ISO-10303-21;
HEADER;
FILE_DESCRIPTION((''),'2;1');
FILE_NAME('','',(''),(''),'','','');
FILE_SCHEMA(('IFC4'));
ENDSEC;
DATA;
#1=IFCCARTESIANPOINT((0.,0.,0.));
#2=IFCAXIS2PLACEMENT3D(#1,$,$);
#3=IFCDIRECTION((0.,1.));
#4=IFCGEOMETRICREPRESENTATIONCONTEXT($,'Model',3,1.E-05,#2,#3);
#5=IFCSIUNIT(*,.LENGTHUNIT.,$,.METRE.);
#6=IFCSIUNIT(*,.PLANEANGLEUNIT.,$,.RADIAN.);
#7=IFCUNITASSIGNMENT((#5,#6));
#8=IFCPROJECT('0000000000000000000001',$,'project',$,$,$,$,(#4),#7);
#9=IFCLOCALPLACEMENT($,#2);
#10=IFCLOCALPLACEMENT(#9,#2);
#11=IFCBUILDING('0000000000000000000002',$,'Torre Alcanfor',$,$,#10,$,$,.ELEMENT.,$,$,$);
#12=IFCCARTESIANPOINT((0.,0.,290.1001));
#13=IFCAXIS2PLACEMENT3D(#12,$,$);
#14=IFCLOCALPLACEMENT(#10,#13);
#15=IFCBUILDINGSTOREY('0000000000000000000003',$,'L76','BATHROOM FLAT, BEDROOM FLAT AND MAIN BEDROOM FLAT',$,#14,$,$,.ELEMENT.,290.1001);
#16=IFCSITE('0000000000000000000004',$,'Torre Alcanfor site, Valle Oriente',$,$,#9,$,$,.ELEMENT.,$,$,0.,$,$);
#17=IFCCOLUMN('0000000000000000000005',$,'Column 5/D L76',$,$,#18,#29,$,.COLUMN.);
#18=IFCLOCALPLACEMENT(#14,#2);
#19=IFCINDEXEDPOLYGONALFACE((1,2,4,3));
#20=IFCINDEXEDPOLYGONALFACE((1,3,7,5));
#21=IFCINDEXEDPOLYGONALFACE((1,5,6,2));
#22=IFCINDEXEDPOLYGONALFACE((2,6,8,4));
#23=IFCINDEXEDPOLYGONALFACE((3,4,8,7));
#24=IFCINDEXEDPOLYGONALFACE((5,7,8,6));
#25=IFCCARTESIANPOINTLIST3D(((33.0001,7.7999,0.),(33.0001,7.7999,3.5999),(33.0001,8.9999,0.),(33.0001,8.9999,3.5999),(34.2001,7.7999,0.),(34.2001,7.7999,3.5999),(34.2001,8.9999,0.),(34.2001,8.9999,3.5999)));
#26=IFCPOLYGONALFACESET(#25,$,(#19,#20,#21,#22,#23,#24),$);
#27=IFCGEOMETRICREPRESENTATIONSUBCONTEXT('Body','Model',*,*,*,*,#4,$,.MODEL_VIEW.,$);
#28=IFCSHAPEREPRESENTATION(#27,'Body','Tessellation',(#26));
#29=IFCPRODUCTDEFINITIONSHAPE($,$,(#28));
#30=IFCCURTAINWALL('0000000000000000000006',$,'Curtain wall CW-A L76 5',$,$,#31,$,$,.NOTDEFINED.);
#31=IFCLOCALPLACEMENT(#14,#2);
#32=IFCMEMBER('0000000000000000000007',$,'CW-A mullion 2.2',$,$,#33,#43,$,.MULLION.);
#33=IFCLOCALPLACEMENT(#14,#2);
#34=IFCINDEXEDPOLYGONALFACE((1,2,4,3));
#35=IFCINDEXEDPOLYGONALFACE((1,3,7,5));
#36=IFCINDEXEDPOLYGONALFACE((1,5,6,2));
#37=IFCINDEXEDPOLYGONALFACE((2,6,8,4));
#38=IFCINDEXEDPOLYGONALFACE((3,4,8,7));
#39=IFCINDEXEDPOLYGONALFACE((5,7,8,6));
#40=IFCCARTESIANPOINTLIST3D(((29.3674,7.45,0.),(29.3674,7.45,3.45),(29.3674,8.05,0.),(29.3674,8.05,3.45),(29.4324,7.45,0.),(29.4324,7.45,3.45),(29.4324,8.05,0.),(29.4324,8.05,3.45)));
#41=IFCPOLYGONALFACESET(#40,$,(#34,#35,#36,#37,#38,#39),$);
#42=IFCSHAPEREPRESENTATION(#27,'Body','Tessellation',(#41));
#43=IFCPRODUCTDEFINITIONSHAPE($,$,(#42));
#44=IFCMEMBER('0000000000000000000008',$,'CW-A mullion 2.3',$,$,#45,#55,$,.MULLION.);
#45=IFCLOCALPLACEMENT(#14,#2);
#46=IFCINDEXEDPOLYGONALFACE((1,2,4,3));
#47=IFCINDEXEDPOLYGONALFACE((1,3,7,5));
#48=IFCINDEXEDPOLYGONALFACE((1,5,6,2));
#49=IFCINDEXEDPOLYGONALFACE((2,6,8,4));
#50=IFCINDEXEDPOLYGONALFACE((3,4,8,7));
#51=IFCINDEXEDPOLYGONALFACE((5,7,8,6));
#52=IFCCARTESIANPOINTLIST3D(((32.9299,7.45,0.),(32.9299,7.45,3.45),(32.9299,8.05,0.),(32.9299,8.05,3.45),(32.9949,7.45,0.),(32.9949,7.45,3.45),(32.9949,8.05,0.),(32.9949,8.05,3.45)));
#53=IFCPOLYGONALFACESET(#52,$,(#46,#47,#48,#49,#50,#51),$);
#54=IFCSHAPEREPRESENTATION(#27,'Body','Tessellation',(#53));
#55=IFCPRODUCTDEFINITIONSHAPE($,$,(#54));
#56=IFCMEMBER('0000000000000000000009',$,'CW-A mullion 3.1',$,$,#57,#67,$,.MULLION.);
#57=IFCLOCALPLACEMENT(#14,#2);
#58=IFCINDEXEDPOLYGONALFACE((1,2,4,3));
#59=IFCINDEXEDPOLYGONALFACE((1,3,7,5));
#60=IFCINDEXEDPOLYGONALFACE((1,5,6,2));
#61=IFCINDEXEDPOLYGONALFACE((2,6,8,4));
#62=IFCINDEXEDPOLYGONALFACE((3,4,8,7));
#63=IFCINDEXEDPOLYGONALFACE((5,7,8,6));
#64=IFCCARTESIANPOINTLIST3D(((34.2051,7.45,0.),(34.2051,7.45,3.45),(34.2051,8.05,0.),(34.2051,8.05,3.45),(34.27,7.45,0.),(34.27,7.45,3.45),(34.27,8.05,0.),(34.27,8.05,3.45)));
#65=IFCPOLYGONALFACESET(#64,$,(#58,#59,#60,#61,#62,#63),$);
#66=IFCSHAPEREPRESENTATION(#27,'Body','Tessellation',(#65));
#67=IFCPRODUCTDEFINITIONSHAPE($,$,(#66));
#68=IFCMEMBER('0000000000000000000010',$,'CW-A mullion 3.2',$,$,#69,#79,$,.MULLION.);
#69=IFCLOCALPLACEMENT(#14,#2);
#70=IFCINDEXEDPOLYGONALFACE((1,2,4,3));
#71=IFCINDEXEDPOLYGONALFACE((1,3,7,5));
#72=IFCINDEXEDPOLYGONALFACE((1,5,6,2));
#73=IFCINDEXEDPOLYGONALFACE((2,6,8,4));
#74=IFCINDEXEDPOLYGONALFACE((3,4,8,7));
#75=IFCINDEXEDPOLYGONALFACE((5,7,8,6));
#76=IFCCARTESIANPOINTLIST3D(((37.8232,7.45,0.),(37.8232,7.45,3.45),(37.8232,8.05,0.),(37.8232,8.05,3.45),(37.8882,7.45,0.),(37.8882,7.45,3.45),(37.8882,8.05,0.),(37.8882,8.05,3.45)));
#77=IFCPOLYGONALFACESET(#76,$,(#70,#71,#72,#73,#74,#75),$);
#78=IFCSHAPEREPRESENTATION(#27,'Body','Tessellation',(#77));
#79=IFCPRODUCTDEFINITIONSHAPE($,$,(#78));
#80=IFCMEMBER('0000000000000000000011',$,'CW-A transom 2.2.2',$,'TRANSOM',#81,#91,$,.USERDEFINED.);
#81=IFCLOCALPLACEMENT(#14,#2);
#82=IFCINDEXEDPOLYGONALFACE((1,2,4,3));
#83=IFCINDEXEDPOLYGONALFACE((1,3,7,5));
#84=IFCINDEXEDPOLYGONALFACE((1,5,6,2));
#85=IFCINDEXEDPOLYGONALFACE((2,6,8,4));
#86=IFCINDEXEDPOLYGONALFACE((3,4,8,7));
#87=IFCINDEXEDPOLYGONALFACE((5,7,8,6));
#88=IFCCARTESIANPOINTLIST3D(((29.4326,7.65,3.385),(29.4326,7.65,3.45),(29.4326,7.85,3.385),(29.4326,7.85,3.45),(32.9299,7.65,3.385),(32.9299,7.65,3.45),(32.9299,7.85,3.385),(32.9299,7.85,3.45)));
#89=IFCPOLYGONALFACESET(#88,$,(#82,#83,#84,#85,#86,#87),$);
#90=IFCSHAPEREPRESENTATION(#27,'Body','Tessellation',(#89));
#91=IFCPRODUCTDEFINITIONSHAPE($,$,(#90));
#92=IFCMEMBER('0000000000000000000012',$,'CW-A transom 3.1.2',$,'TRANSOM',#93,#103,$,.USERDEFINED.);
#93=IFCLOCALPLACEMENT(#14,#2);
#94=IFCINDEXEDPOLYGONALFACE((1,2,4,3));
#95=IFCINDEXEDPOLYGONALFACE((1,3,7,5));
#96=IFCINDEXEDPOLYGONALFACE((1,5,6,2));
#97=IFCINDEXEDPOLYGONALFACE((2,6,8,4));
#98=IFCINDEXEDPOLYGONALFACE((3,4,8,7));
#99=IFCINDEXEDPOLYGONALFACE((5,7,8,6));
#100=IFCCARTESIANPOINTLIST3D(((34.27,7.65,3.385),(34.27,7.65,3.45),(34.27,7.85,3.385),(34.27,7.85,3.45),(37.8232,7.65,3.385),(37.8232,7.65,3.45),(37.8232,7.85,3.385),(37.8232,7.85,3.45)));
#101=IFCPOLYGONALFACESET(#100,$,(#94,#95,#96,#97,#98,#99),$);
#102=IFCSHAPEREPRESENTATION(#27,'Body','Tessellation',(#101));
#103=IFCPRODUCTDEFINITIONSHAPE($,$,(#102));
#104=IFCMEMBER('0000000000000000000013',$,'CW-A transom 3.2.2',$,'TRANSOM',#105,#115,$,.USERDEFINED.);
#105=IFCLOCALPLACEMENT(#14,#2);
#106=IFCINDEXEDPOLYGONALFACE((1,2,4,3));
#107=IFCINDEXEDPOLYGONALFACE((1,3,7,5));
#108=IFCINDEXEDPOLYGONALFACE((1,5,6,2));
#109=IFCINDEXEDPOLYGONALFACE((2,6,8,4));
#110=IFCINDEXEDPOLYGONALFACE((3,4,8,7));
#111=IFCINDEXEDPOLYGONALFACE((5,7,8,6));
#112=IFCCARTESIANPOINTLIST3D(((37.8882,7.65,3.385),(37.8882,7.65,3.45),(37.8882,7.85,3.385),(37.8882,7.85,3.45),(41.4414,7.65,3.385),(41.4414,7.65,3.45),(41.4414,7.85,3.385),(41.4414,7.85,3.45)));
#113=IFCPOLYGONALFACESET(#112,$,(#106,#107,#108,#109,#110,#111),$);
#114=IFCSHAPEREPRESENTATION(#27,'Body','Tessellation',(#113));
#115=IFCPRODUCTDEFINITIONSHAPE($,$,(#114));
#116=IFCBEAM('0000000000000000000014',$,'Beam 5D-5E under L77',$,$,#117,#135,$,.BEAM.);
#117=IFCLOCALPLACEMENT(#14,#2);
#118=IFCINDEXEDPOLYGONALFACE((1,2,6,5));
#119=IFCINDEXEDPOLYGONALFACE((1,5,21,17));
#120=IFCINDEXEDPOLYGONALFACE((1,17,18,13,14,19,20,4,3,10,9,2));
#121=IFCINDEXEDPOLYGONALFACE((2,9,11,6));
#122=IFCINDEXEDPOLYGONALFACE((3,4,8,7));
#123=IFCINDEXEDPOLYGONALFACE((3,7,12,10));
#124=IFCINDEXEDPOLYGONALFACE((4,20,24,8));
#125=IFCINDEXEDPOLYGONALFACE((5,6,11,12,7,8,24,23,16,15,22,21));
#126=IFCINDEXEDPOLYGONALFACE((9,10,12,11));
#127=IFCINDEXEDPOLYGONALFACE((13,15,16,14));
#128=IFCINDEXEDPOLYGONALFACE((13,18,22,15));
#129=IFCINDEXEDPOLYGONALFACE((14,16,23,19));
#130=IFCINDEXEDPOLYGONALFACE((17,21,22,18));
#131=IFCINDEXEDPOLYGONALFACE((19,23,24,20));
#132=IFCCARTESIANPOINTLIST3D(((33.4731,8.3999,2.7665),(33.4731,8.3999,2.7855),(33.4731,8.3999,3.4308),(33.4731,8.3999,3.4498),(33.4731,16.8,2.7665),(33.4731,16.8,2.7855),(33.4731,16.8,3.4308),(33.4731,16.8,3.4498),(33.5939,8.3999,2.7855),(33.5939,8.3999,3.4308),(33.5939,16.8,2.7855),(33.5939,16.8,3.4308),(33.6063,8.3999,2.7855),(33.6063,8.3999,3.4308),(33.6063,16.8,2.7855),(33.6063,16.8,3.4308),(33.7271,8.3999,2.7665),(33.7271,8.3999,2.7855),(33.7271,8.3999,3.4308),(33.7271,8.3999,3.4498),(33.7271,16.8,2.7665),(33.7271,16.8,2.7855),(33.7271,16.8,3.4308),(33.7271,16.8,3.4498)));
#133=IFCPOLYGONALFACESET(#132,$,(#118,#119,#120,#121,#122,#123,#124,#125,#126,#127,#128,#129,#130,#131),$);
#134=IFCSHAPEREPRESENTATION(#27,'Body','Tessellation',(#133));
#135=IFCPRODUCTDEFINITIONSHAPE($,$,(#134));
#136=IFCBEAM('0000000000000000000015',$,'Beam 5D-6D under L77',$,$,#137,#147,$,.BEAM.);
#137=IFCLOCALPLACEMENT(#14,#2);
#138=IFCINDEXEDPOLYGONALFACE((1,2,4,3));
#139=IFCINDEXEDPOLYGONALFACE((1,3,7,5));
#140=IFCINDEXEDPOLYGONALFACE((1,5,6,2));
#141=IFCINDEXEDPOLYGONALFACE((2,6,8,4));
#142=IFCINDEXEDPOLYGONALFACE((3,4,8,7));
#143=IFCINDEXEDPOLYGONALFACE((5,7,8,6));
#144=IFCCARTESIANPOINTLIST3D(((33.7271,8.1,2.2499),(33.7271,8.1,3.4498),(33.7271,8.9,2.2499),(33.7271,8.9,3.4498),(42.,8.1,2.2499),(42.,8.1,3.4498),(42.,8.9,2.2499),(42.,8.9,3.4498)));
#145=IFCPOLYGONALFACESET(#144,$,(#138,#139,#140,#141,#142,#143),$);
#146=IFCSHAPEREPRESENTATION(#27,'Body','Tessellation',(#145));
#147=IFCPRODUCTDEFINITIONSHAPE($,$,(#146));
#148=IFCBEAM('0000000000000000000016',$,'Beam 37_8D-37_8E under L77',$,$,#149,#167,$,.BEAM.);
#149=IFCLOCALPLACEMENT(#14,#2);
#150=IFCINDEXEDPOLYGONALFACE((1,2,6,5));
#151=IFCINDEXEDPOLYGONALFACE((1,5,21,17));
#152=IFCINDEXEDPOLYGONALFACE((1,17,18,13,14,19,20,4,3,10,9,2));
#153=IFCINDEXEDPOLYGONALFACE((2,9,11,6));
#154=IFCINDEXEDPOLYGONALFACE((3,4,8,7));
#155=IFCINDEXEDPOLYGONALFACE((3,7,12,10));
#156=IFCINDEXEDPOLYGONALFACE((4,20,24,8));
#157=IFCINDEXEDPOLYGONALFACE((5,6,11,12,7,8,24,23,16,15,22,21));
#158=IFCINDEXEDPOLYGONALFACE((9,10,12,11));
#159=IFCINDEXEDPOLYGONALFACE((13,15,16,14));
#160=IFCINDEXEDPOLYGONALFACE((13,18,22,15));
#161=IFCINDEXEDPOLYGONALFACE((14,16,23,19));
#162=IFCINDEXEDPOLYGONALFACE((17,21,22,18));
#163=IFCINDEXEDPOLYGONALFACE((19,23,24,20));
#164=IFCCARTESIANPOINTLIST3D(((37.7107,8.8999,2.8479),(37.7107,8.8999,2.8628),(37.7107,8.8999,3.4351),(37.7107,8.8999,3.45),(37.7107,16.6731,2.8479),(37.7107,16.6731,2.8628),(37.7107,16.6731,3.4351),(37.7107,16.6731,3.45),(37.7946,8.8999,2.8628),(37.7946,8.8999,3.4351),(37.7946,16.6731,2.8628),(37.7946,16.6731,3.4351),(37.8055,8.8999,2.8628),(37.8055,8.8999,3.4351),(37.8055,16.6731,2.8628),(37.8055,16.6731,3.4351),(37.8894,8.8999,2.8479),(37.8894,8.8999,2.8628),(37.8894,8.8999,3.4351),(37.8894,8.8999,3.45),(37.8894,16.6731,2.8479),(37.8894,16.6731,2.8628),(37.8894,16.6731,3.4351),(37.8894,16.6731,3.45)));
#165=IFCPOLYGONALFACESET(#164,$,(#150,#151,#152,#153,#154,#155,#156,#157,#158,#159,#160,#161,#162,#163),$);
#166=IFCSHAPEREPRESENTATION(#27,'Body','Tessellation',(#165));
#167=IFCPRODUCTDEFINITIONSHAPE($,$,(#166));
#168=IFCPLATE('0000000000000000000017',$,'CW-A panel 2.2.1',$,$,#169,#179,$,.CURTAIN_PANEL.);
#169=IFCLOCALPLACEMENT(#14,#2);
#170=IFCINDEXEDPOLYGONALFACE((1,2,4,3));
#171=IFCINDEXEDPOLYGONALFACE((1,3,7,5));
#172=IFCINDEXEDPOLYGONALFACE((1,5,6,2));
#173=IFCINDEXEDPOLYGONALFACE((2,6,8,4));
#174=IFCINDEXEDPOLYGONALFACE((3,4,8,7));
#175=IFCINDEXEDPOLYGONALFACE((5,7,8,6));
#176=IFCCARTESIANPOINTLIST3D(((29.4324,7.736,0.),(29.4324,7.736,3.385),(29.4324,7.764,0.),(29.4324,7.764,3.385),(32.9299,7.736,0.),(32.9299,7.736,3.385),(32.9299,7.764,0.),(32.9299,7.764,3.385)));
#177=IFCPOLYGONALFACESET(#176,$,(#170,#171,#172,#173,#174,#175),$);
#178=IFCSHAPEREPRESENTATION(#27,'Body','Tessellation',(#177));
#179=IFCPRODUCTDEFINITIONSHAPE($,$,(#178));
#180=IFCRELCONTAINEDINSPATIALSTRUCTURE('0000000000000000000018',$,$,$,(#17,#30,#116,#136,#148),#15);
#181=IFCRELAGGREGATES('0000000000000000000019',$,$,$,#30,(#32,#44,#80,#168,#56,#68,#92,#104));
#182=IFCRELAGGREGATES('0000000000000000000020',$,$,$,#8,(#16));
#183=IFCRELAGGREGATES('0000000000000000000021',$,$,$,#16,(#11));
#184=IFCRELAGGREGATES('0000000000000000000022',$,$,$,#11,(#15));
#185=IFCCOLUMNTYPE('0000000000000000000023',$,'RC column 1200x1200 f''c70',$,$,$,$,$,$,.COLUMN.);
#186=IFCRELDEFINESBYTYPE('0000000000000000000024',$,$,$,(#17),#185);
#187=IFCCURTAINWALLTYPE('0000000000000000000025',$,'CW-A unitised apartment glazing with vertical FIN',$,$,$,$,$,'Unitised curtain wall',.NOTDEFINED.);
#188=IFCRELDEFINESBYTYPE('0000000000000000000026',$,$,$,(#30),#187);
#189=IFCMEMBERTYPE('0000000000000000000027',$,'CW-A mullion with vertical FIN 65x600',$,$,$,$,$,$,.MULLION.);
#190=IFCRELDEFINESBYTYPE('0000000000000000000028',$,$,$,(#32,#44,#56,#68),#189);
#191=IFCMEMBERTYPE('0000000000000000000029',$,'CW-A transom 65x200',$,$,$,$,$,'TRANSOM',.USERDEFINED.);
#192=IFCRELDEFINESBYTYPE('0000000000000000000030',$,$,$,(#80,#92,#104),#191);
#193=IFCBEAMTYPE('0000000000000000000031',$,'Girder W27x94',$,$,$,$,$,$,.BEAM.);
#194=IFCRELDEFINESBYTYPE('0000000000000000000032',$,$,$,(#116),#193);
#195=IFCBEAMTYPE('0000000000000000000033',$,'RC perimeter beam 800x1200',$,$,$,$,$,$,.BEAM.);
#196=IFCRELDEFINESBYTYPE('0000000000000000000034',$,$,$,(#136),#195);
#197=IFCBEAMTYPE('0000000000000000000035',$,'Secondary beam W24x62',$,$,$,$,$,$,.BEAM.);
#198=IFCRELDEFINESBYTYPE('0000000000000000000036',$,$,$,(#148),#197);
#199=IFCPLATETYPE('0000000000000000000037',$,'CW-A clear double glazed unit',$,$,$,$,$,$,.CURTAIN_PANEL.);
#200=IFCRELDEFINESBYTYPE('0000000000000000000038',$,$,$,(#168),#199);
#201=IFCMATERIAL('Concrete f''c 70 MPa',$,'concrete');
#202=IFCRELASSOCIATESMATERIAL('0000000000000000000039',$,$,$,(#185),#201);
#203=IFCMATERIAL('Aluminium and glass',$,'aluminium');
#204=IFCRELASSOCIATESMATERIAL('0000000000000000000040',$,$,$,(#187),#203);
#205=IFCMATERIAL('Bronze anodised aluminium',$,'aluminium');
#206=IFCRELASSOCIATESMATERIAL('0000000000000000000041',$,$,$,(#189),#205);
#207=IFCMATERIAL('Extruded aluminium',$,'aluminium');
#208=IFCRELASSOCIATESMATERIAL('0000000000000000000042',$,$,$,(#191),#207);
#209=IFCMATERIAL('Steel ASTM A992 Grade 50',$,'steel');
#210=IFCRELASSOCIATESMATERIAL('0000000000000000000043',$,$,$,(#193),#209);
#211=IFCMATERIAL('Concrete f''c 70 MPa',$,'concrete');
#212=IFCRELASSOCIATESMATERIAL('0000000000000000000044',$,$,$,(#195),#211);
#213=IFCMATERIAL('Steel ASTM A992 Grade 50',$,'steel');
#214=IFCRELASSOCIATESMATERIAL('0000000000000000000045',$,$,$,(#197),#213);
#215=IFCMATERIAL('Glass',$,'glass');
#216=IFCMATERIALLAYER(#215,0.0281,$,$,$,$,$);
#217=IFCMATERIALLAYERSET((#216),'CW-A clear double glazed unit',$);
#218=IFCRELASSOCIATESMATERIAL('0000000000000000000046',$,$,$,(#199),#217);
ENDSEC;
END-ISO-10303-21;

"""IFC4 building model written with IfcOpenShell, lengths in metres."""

from ifc_helpers import new_model, si_unit, direction, frame, origin, origin_2d, place, context, subcontext, project, spatial, rectangle, i_section, extrude, material, layer, layer_set, material_profile, profile_set, type_object, element, aggregate, save


model = new_model("IFC4")

# Units and contexts
model_context = context("Model", 3, precision=1e-05, world=origin(), true_north=direction((0.0, 1.0)))
body_context = subcontext(model_context, "Body", "Model", "MODEL_VIEW")
ifc_project = project(units=[si_unit("LENGTHUNIT", "METRE"), si_unit("PLANEANGLEUNIT", "RADIAN")], contexts=[model_context])

# Site, building, storey
site_placement = place(None, origin())
site = spatial("IfcSite", under=ifc_project, at=site_placement, Name="Torre Alcanfor site, Valle Oriente", CompositionType="ELEMENT", RefElevation=0.0)
building_placement = place(site_placement, origin())
building = spatial("IfcBuilding", under=site, at=building_placement, Name="Torre Alcanfor", CompositionType="ELEMENT")
storey_placement = place(building_placement, frame((0.0, 0.0, 290.1001)))
storey = spatial("IfcBuildingStorey", under=building, at=storey_placement, Name="L76", Description="BATHROOM FLAT, BEDROOM FLAT AND MAIN BEDROOM FLAT", CompositionType="ELEMENT", Elevation=290.1001)

# Column
ifc_material_1 = material(Name="Concrete f'c 70 MPa", Category="concrete")
ifc_material_profile_1 = material_profile(ifc_material_1, rectangle(XDim=1.2, YDim=1.2, at=origin_2d()), Name="1200x1200")
ifc_profile_set_1 = profile_set([ifc_material_profile_1], Name="Concrete f'c 70 MPa")
column_type = type_object("IfcColumnType", Name="RC column 1200x1200 f'c70", PredefinedType="COLUMN", material=ifc_profile_set_1)
column_placement = place(storey_placement, frame((33.6001, 8.3999, 0.0), z_axis=(0.0, 0.0, 1.0), x_axis=(1.0, 0.0, 0.0)))
element("IfcColumn", 1, at=column_placement, inside=storey, type_object=column_type, Name="Column 5/D L76", PredefinedType="COLUMN", context=body_context, shape_type="SweptSolid", body=[
    extrude(rectangle(XDim=1.2, YDim=1.2, at=origin_2d()), origin(), (0.0, 0.0, 1.0), 3.5999),
])

# Curtain wall, members
ifc_material_2 = material(Name="Aluminium and glass", Category="aluminium")
curtain_wall_type = type_object("IfcCurtainWallType", Name="CW-A unitised apartment glazing with vertical FIN", ElementType="Unitised curtain wall", PredefinedType="NOTDEFINED", material=ifc_material_2)
curtain_wall_placement = place(storey_placement, origin())
curtain_wall = element("IfcCurtainWall", 2, at=curtain_wall_placement, inside=storey, type_object=curtain_wall_type, Name="Curtain wall CW-A L76 5", PredefinedType="NOTDEFINED")
ifc_material_3 = material(Name="Bronze anodised aluminium", Category="aluminium")
ifc_material_profile_2 = material_profile(ifc_material_3, rectangle(XDim=0.6001, YDim=0.0649, at=origin_2d()), Name="CW-A mullion 65x600")
ifc_profile_set_2 = profile_set([ifc_material_profile_2], Name="Bronze anodised aluminium")
member_type_1 = type_object("IfcMemberType", Name="CW-A mullion with vertical FIN 65x600", PredefinedType="MULLION", material=ifc_profile_set_2)
member_1_placement = place(storey_placement, frame((29.3999, 7.75, 0.0), z_axis=(0.0, 0.0, 1.0), x_axis=(0.0, 1.0, 0.0)))
member_1 = element("IfcMember", 3, at=member_1_placement, type_object=member_type_1, Name="CW-A mullion 2.2", PredefinedType="MULLION", context=body_context, shape_type="SweptSolid", body=[
    extrude(rectangle(XDim=0.6001, YDim=0.0649, at=origin_2d()), origin(), (0.0, 0.0, 1.0), 3.45),
])
member_2_placement = place(storey_placement, frame((32.9624, 7.75, 0.0), z_axis=(0.0, 0.0, 1.0), x_axis=(0.0, 1.0, 0.0)))
member_2 = element("IfcMember", 4, at=member_2_placement, type_object=member_type_1, Name="CW-A mullion 2.3", PredefinedType="MULLION", context=body_context, shape_type="SweptSolid", body=[
    extrude(rectangle(XDim=0.6001, YDim=0.0649, at=origin_2d()), origin(), (0.0, 0.0, 1.0), 3.45),
])
member_3_placement = place(storey_placement, frame((34.2375, 7.75, 0.0), z_axis=(0.0, 0.0, 1.0), x_axis=(0.0, 1.0, 0.0)))
member_3 = element("IfcMember", 5, at=member_3_placement, type_object=member_type_1, Name="CW-A mullion 3.1", PredefinedType="MULLION", context=body_context, shape_type="SweptSolid", body=[
    extrude(rectangle(XDim=0.6001, YDim=0.0649, at=origin_2d()), origin(), (0.0, 0.0, 1.0), 3.45),
])
member_4_placement = place(storey_placement, frame((37.8557, 7.75, 0.0), z_axis=(0.0, 0.0, 1.0), x_axis=(0.0, 1.0, 0.0)))
member_4 = element("IfcMember", 6, at=member_4_placement, type_object=member_type_1, Name="CW-A mullion 3.2", PredefinedType="MULLION", context=body_context, shape_type="SweptSolid", body=[
    extrude(rectangle(XDim=0.6001, YDim=0.0649, at=origin_2d()), origin(), (0.0, 0.0, 1.0), 3.45),
])
ifc_material_4 = material(Name="Extruded aluminium", Category="aluminium")
ifc_material_profile_3 = material_profile(ifc_material_4, rectangle(XDim=0.2, YDim=0.0649, at=origin_2d()), Name="CW-A transom 200x65")
ifc_profile_set_3 = profile_set([ifc_material_profile_3], Name="Extruded aluminium")
member_type_2 = type_object("IfcMemberType", Name="CW-A transom 65x200", ElementType="TRANSOM", PredefinedType="USERDEFINED", material=ifc_profile_set_3)
member_5_placement = place(storey_placement, frame((29.4326, 7.75, 3.4175), z_axis=(1.0, 0.0, 0.0), x_axis=(0.0, 1.0, 0.0)))
member_5 = element("IfcMember", 7, at=member_5_placement, type_object=member_type_2, Name="CW-A transom 2.2.2", ObjectType="TRANSOM", PredefinedType="USERDEFINED", context=body_context, shape_type="SweptSolid", body=[
    extrude(rectangle(XDim=0.2, YDim=0.0649, at=origin_2d()), origin(), (0.0, 0.0, 1.0), 3.4973),
])
member_6_placement = place(storey_placement, frame((34.27, 7.75, 3.4175), z_axis=(1.0, 0.0, 0.0), x_axis=(0.0, 1.0, 0.0)))
member_6 = element("IfcMember", 8, at=member_6_placement, type_object=member_type_2, Name="CW-A transom 3.1.2", ObjectType="TRANSOM", PredefinedType="USERDEFINED", context=body_context, shape_type="SweptSolid", body=[
    extrude(rectangle(XDim=0.2, YDim=0.0649, at=origin_2d()), origin(), (0.0, 0.0, 1.0), 3.5532),
])
member_7_placement = place(storey_placement, frame((37.8882, 7.75, 3.4175), z_axis=(1.0, 0.0, 0.0), x_axis=(0.0, 1.0, 0.0)))
member_7 = element("IfcMember", 9, at=member_7_placement, type_object=member_type_2, Name="CW-A transom 3.2.2", ObjectType="TRANSOM", PredefinedType="USERDEFINED", context=body_context, shape_type="SweptSolid", body=[
    extrude(rectangle(XDim=0.2, YDim=0.0649, at=origin_2d()), origin(), (0.0, 0.0, 1.0), 3.5532),
])

# Beams
ifc_material_5 = material(Name="Steel ASTM A992 Grade 50", Category="steel")
ifc_material_profile_4 = material_profile(ifc_material_5, i_section(OverallWidth=0.2539, OverallDepth=0.6833, WebThickness=0.0125, FlangeThickness=0.019, at=origin_2d()), Name="W27x94")
ifc_profile_set_4 = profile_set([ifc_material_profile_4], Name="Steel ASTM A992 Grade 50")
beam_type_1 = type_object("IfcBeamType", Name="Girder W27x94", PredefinedType="BEAM", material=ifc_profile_set_4)
beam_1_placement = place(storey_placement, frame((33.6001, 8.3999, 3.1082), z_axis=(0.0, 1.0, 0.0), x_axis=(-1.0, 0.0, 0.0)))
element("IfcBeam", 10, at=beam_1_placement, inside=storey, type_object=beam_type_1, Name="Beam 5D-5E under L77", PredefinedType="BEAM", context=body_context, shape_type="SweptSolid", body=[
    extrude(i_section(OverallWidth=0.2539, OverallDepth=0.6833, WebThickness=0.0125, FlangeThickness=0.019, at=origin_2d()), origin(), (0.0, 0.0, 1.0), 8.4001),
])
ifc_material_6 = material(Name="Concrete f'c 70 MPa", Category="concrete")
ifc_material_profile_5 = material_profile(ifc_material_6, rectangle(XDim=0.8, YDim=1.2, at=origin_2d()), Name="800x1200")
ifc_profile_set_5 = profile_set([ifc_material_profile_5], Name="Concrete f'c 70 MPa")
beam_type_2 = type_object("IfcBeamType", Name="RC perimeter beam 800x1200", PredefinedType="BEAM", material=ifc_profile_set_5)
beam_2_placement = place(storey_placement, frame((33.7271, 8.5, 2.8499), z_axis=(1.0, 0.0, 0.0), x_axis=(0.0, 1.0, 0.0)))
element("IfcBeam", 11, at=beam_2_placement, inside=storey, type_object=beam_type_2, Name="Beam 5D-6D under L77", PredefinedType="BEAM", context=body_context, shape_type="SweptSolid", body=[
    extrude(rectangle(XDim=0.8, YDim=1.2, at=origin_2d()), origin(), (0.0, 0.0, 1.0), 8.2729),
])
ifc_material_7 = material(Name="Steel ASTM A992 Grade 50", Category="steel")
ifc_material_profile_6 = material_profile(ifc_material_7, i_section(OverallWidth=0.1787, OverallDepth=0.6021, WebThickness=0.011, FlangeThickness=0.0149, at=origin_2d()), Name="W24x62")
ifc_profile_set_6 = profile_set([ifc_material_profile_6], Name="Steel ASTM A992 Grade 50")
beam_type_3 = type_object("IfcBeamType", Name="Secondary beam W24x62", PredefinedType="BEAM", material=ifc_profile_set_6)
beam_3_placement = place(storey_placement, frame((37.8, 8.8999, 3.1489), z_axis=(0.0, 1.0, 0.0), x_axis=(-1.0, 0.0, 0.0)))
element("IfcBeam", 12, at=beam_3_placement, inside=storey, type_object=beam_type_3, Name="Beam 37_8D-37_8E under L77", PredefinedType="BEAM", context=body_context, shape_type="SweptSolid", body=[
    extrude(i_section(OverallWidth=0.1787, OverallDepth=0.6021, WebThickness=0.011, FlangeThickness=0.0149, at=origin_2d()), origin(), (0.0, 0.0, 1.0), 7.7732),
])

# Plate
ifc_material_8 = material(Name="Glass", Category="glass")
ifc_layer_1 = layer(ifc_material_8, 0.0281)
ifc_layer_set_1 = layer_set([ifc_layer_1], Name="CW-A clear double glazed unit")
plate_type = type_object("IfcPlateType", Name="CW-A clear double glazed unit", PredefinedType="CURTAIN_PANEL", material=ifc_layer_set_1)
plate_1_placement = place(storey_placement, frame((31.1812, 7.75, 0.0), z_axis=(0.0, 0.0, 1.0), x_axis=(1.0, 0.0, 0.0)))
plate_1 = element("IfcPlate", 13, at=plate_1_placement, type_object=plate_type, Name="CW-A panel 2.2.1", PredefinedType="CURTAIN_PANEL", context=body_context, shape_type="SweptSolid", body=[
    extrude(rectangle(XDim=3.4976, YDim=0.0281, at=origin_2d()), origin(), (0.0, 0.0, 1.0), 3.385),
])
aggregate(curtain_wall, [member_1, member_2, member_5, plate_1, member_3, member_4, member_6, member_7])

save(model, "model.ifc")
